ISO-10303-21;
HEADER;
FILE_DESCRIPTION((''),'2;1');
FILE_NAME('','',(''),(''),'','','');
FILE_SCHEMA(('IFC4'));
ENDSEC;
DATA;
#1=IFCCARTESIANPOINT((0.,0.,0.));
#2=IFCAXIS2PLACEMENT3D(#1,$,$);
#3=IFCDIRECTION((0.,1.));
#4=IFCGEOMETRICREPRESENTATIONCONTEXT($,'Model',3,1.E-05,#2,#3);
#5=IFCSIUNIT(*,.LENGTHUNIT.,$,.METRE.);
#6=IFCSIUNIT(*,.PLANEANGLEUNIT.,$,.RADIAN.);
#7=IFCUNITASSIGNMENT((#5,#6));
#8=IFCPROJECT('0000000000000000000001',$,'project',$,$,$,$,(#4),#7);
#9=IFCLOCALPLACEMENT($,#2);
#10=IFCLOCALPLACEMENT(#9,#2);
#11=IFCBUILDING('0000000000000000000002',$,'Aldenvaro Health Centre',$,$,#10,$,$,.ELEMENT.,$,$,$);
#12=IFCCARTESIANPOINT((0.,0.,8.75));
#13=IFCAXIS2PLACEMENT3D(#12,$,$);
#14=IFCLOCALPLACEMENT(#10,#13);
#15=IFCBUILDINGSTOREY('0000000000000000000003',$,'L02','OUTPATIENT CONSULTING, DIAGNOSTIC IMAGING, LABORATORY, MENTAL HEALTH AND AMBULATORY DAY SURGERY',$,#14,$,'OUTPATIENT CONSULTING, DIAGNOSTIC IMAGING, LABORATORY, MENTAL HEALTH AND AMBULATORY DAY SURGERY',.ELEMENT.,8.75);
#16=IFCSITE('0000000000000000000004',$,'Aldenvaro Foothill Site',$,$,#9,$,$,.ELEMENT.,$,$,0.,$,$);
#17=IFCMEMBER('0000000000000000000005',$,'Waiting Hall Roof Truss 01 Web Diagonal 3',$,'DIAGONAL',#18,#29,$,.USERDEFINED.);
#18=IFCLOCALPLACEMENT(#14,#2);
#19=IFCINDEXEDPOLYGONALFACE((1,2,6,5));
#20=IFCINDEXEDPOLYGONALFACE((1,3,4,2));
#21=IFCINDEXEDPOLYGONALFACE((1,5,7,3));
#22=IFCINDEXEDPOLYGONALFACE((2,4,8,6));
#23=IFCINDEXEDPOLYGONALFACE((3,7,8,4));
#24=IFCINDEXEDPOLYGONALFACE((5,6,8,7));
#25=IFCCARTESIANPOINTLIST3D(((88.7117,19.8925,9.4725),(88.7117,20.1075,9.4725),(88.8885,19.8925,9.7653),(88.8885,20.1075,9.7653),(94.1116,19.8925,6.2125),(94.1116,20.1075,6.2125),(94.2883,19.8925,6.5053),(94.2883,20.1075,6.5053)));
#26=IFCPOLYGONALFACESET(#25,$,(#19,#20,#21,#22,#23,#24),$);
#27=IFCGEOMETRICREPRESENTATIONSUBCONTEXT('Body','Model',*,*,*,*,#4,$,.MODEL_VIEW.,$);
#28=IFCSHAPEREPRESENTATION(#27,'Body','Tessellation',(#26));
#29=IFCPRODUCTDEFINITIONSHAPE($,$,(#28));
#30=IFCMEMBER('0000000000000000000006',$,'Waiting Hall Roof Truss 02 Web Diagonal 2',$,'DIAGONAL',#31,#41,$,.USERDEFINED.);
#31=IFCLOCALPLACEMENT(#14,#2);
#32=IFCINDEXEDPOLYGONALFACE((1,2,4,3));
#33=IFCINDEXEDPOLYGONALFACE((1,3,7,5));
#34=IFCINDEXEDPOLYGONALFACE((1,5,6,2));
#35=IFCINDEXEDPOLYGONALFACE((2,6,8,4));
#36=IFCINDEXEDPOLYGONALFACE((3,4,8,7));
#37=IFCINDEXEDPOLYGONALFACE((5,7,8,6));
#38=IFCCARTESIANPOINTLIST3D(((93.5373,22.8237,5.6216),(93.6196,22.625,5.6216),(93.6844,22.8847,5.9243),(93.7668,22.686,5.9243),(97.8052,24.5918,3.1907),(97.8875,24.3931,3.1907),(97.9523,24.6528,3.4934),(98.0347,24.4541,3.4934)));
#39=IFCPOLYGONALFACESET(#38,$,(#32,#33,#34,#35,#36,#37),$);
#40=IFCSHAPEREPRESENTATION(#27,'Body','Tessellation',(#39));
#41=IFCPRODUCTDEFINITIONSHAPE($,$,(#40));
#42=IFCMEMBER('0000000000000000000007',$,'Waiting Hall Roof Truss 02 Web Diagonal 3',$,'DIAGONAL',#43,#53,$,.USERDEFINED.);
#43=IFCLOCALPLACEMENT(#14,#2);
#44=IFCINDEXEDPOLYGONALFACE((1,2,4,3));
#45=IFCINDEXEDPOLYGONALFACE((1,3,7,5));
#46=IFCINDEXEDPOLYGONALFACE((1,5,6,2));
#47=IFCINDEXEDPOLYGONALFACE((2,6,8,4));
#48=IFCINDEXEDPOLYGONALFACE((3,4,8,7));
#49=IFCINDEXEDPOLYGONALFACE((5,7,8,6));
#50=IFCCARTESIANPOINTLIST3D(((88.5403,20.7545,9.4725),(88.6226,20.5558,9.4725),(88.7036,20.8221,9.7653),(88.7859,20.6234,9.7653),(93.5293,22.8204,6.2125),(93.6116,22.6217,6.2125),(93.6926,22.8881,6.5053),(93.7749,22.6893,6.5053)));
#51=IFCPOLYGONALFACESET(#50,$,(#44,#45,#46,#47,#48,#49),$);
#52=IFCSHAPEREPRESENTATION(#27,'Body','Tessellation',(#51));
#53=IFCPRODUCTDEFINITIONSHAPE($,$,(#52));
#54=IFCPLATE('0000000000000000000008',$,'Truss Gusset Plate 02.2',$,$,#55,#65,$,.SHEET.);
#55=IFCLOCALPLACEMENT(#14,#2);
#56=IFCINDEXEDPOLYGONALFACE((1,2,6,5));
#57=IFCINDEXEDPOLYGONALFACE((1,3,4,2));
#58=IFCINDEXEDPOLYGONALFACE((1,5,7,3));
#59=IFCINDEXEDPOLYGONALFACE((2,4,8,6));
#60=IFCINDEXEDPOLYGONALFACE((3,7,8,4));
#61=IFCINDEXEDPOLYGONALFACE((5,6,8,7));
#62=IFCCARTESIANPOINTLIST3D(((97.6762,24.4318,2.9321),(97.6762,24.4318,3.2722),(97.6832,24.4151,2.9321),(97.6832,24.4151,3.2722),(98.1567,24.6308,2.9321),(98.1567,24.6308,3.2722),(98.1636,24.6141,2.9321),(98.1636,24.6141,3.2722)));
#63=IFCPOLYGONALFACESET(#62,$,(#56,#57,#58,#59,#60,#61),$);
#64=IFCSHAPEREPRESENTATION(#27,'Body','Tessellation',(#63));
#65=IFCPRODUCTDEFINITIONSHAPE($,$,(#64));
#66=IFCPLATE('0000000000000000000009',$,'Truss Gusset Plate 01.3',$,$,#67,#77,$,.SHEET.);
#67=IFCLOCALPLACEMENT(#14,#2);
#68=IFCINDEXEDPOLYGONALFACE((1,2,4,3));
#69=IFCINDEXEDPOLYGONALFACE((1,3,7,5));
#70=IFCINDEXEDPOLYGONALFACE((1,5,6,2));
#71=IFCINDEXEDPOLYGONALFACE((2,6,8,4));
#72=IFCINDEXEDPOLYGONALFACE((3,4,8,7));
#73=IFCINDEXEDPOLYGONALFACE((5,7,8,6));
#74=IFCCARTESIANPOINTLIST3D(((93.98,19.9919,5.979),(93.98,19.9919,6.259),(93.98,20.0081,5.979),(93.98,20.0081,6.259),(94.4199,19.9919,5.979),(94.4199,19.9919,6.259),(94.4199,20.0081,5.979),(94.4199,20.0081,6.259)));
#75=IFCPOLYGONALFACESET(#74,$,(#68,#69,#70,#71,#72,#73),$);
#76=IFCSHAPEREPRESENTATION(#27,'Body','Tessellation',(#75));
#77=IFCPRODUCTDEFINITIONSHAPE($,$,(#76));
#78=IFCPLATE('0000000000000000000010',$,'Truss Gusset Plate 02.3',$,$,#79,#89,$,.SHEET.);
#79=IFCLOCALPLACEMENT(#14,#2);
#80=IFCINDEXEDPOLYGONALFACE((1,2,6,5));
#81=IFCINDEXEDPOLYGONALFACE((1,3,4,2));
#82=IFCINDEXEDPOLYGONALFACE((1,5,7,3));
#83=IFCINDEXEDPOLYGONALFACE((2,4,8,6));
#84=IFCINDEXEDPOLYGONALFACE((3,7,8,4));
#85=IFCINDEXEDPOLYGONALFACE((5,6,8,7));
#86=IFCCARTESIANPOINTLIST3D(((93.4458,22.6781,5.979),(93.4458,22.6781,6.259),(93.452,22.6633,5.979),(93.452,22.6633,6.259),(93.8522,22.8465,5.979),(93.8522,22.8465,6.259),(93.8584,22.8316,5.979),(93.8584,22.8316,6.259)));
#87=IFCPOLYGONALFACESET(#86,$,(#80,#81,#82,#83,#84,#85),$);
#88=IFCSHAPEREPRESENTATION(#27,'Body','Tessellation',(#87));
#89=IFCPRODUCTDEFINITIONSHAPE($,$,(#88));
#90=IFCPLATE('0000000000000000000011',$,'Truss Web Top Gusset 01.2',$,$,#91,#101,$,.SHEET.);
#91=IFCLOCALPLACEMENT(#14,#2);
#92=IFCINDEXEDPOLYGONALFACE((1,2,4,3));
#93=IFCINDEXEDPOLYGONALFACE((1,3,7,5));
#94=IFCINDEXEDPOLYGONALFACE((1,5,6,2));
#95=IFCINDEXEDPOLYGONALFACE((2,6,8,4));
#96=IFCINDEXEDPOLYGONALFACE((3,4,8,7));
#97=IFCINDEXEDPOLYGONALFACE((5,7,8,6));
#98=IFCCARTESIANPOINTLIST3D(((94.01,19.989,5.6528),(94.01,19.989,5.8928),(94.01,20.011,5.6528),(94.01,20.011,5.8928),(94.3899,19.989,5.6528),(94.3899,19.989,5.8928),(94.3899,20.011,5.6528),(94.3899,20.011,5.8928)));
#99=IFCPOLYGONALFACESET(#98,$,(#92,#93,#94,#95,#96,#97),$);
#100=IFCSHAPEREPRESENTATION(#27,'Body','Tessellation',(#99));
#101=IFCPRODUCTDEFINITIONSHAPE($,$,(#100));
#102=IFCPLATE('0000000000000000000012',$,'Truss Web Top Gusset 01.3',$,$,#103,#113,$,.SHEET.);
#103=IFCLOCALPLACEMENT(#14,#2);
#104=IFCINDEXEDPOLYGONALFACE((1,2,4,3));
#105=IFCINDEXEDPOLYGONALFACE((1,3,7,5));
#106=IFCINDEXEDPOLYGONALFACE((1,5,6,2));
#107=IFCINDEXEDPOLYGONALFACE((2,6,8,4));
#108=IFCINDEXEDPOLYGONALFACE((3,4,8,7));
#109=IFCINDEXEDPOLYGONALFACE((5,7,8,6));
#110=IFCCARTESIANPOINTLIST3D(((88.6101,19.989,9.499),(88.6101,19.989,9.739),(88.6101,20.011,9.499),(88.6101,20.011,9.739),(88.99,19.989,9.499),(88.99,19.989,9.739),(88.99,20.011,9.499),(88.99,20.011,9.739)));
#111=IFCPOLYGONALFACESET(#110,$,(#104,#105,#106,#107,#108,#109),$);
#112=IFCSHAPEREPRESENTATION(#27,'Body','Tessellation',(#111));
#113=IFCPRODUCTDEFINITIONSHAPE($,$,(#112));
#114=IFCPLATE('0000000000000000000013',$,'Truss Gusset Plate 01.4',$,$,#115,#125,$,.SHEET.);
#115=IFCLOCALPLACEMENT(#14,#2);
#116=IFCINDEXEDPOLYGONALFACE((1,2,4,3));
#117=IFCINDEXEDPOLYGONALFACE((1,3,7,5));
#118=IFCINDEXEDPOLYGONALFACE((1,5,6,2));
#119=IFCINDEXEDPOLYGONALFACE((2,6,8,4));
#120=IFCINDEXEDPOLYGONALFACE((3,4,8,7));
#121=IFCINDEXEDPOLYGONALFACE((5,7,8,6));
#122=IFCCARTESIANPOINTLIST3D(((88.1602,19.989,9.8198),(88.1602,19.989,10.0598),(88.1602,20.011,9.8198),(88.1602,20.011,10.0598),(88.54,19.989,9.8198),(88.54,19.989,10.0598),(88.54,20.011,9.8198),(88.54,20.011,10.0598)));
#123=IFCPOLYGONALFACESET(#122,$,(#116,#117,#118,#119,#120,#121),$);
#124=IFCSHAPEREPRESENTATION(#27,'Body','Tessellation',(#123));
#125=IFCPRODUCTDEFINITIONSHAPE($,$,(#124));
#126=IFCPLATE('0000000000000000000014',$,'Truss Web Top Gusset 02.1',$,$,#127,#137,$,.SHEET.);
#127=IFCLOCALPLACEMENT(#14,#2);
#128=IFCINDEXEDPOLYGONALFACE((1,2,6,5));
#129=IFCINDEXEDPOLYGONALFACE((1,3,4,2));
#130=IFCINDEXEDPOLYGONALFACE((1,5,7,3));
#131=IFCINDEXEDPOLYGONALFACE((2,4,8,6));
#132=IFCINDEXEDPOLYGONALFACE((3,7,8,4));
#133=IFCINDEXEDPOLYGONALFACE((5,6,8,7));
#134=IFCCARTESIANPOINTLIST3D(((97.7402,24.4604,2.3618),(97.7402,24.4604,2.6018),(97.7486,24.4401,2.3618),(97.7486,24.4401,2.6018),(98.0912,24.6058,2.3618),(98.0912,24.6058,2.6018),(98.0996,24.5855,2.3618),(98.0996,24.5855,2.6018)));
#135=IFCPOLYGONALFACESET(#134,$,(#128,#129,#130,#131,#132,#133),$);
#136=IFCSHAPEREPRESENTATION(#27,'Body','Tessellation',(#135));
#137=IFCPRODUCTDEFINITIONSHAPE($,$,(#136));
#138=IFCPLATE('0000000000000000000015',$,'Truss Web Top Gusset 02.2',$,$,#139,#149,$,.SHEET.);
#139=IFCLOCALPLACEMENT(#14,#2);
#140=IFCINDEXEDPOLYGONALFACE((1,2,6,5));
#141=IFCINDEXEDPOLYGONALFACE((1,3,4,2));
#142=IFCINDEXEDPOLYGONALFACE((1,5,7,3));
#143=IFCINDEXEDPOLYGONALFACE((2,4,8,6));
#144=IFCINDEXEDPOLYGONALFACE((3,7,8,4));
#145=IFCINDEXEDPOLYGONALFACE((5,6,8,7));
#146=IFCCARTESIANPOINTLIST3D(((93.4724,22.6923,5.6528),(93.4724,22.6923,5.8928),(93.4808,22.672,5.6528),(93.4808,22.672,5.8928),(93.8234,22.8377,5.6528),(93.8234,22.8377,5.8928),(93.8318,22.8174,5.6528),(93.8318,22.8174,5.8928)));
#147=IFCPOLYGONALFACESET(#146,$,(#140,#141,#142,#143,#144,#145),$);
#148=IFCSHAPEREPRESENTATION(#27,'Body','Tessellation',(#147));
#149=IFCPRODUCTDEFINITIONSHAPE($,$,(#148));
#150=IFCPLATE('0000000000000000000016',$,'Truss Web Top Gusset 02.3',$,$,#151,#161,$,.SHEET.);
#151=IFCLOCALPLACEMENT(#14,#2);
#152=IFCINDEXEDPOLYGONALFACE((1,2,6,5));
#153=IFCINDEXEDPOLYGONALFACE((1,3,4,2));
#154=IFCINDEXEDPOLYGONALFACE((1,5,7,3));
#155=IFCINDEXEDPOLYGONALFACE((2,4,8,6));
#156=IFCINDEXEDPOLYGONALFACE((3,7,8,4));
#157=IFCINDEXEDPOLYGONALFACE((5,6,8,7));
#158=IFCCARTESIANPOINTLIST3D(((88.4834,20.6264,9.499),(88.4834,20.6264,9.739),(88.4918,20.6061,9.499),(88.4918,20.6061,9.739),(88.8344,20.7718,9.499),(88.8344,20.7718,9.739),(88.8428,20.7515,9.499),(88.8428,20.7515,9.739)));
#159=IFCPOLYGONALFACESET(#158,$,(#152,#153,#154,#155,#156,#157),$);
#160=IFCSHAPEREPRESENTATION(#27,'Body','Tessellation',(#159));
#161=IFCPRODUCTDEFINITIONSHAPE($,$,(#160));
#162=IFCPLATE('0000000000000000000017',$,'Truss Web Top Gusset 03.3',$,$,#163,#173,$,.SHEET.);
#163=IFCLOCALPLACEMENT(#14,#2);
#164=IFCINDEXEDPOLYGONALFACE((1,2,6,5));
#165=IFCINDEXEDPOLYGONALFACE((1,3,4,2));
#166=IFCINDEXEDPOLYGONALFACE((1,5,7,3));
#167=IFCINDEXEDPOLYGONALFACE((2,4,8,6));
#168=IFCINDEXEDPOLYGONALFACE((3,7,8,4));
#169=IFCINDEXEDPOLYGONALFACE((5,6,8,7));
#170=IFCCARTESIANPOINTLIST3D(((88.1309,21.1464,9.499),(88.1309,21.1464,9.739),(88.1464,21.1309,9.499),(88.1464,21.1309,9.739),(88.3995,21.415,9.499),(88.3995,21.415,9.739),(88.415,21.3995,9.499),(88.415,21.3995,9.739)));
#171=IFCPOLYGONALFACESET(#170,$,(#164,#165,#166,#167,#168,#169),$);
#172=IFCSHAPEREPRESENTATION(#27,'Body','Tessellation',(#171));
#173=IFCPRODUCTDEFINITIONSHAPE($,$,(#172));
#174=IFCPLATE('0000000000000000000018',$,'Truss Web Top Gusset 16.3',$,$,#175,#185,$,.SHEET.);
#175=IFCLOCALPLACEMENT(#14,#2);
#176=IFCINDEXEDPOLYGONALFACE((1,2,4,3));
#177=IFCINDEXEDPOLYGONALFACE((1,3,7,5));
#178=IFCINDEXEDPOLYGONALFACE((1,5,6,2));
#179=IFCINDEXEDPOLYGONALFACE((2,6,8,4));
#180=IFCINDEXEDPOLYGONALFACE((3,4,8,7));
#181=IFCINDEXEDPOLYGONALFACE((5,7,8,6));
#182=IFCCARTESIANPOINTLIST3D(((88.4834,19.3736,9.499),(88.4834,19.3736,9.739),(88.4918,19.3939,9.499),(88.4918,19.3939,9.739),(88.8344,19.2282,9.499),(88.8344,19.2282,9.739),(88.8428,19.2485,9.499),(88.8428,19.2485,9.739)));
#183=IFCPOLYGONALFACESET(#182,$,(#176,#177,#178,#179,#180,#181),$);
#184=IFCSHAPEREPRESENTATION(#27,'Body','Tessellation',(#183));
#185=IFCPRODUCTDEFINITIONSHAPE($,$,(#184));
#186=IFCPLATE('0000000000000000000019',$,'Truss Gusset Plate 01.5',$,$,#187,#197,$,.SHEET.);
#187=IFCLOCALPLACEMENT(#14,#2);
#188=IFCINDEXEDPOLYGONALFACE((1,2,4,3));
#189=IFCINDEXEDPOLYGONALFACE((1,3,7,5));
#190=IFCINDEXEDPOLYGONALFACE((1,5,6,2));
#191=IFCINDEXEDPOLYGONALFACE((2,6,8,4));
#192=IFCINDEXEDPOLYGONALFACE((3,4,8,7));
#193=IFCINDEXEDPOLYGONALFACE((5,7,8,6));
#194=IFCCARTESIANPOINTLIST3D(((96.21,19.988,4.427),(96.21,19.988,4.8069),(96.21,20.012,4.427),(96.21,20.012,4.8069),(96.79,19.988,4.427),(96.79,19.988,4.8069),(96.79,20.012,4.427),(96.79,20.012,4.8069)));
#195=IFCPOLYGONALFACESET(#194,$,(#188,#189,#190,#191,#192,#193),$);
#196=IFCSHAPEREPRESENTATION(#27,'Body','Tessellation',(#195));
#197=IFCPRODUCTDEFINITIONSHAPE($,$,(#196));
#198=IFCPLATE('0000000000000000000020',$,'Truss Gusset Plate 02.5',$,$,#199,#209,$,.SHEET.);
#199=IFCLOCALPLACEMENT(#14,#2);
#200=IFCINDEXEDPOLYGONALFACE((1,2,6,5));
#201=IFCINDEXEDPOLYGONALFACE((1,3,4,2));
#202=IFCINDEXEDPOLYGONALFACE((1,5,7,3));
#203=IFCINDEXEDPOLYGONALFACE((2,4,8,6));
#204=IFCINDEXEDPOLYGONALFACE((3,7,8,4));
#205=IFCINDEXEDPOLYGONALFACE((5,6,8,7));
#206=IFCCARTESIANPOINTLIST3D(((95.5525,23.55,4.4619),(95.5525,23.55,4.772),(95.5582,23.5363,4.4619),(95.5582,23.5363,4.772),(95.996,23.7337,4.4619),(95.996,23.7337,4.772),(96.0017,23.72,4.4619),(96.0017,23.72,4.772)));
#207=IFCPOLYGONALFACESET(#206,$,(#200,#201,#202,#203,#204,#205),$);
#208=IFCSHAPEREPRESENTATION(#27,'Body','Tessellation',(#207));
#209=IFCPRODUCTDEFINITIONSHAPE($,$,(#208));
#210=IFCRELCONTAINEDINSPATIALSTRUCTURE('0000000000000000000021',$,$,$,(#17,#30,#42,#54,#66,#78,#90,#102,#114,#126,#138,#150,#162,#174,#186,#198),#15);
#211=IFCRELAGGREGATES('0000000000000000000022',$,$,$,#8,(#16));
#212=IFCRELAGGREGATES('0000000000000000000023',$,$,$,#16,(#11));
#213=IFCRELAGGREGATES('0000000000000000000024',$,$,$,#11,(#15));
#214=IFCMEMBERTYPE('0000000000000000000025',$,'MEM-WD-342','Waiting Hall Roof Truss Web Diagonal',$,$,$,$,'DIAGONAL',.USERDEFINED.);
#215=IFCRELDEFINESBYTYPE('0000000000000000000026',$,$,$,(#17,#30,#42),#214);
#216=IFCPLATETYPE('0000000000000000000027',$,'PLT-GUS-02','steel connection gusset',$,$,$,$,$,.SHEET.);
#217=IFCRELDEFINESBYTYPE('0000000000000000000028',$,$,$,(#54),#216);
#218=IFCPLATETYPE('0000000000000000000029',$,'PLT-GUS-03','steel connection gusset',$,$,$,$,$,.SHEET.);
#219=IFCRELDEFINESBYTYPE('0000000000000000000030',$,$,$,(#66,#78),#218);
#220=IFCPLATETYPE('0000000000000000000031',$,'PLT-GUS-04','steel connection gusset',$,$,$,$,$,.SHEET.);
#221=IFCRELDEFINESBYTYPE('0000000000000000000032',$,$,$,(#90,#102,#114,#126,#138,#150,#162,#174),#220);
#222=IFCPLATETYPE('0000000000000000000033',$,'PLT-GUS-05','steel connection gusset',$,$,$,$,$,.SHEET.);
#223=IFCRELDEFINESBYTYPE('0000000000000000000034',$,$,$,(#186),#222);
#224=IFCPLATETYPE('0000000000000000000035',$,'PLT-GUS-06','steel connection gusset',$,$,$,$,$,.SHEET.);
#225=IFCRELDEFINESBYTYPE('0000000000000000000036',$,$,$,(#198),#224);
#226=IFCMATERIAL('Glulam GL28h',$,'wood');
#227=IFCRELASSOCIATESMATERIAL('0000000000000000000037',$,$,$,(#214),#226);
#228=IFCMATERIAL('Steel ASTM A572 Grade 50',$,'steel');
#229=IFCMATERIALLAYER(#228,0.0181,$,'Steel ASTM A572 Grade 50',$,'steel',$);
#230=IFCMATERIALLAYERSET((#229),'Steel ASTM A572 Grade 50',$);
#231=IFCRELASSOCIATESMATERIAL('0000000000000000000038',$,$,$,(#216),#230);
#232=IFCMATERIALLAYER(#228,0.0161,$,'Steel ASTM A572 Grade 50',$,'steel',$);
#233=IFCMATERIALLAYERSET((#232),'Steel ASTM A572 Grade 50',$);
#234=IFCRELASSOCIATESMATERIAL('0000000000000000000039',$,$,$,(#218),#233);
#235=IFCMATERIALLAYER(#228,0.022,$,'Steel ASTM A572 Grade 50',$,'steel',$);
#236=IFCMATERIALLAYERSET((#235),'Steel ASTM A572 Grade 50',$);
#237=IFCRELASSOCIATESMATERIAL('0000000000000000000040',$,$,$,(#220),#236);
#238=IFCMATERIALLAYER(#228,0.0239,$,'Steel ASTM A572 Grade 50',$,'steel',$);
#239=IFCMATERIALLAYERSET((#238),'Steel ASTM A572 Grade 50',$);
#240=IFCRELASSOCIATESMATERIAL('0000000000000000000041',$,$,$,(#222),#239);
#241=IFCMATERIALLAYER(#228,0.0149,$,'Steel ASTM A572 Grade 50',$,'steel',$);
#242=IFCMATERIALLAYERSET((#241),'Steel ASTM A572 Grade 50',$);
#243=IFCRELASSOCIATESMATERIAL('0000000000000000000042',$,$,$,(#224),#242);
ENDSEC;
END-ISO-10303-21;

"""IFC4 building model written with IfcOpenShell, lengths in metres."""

from ifc_helpers import new_model, si_unit, direction, frame, origin, origin_2d, place, context, subcontext, project, spatial, rectangle, extrude, material, layer, layer_set, material_profile, profile_set, type_object, element, save


model = new_model("IFC4")

# Units and contexts
model_context = context("Model", 3, precision=1e-05, world=origin(), true_north=direction((0.0, 1.0)))
body_context = subcontext(model_context, "Body", "Model", "MODEL_VIEW")
ifc_project = project(units=[si_unit("LENGTHUNIT", "METRE"), si_unit("PLANEANGLEUNIT", "RADIAN")], contexts=[model_context])

# Site, building, storey
site_placement = place(None, origin())
site = spatial("IfcSite", under=ifc_project, at=site_placement, Name="Aldenvaro Foothill Site", CompositionType="ELEMENT", RefElevation=0.0)
building_placement = place(site_placement, origin())
building = spatial("IfcBuilding", under=site, at=building_placement, Name="Aldenvaro Health Centre", CompositionType="ELEMENT")
storey_placement = place(building_placement, frame((0.0, 0.0, 8.75)))
storey = spatial("IfcBuildingStorey", under=building, at=storey_placement, Name="L02", Description="OUTPATIENT CONSULTING, DIAGNOSTIC IMAGING, LABORATORY, MENTAL HEALTH AND AMBULATORY DAY SURGERY", LongName="OUTPATIENT CONSULTING, DIAGNOSTIC IMAGING, LABORATORY, MENTAL HEALTH AND AMBULATORY DAY SURGERY", CompositionType="ELEMENT", Elevation=8.75)

# Members
ifc_material_1 = material(Name="Glulam GL28h", Category="wood")
ifc_material_profile_1 = material_profile(ifc_material_1, rectangle(XDim=0.2151, YDim=0.342, at=origin_2d()), Name="GL 215x342", Category="wood")
ifc_profile_set_1 = profile_set([ifc_material_profile_1], Name="Glulam GL28h")
member_type_1 = type_object("IfcMemberType", Name="MEM-WD-342", Description="Waiting Hall Roof Truss Web Diagonal", ElementType="DIAGONAL", PredefinedType="USERDEFINED", material=ifc_profile_set_1)
member_1_placement = place(storey_placement, frame((94.2, 20.0, 6.3589), z_axis=(-0.856086, 0.0, 0.516833), x_axis=(0.0, -1.0, 0.0)))
element("IfcMember", 1, at=member_1_placement, inside=storey, type_object=member_type_1, Name="Waiting Hall Roof Truss 01 Web Diagonal 3", ObjectType="DIAGONAL", PredefinedType="USERDEFINED", context=body_context, shape_type="SweptSolid", body=[
    extrude(rectangle(XDim=0.2151, YDim=0.342, at=origin_2d()), origin(), (0.0, 0.0, 1.0), 6.3076),
])
member_2_placement = place(storey_placement, frame((97.9199, 24.5229, 3.342), z_axis=(-0.817571, -0.338702, 0.46568), x_axis=(0.382735, -0.923858, 0.0)))
element("IfcMember", 2, at=member_2_placement, inside=storey, type_object=member_type_1, Name="Waiting Hall Roof Truss 02 Web Diagonal 2", ObjectType="DIAGONAL", PredefinedType="USERDEFINED", context=body_context, shape_type="SweptSolid", body=[
    extrude(rectangle(XDim=0.2151, YDim=0.342, at=origin_2d()), origin(), (0.0, 0.0, 1.0), 5.2202),
])
member_3_placement = place(storey_placement, frame((93.6521, 22.7549, 6.3589), z_axis=(-0.790952, -0.327528, 0.516838), x_axis=(0.382589, -0.923919, 0.0)))
element("IfcMember", 3, at=member_3_placement, inside=storey, type_object=member_type_1, Name="Waiting Hall Roof Truss 02 Web Diagonal 3", ObjectType="DIAGONAL", PredefinedType="USERDEFINED", context=body_context, shape_type="SweptSolid", body=[
    extrude(rectangle(XDim=0.2151, YDim=0.342, at=origin_2d()), origin(), (0.0, 0.0, 1.0), 6.3076),
])

# Plates
ifc_material_2 = material(Name="Steel ASTM A572 Grade 50", Category="steel")
ifc_layer_1 = layer(ifc_material_2, 0.0181, Name="Steel ASTM A572 Grade 50", Category="steel")
ifc_layer_set_1 = layer_set([ifc_layer_1], Name="Steel ASTM A572 Grade 50")
plate_type_1 = type_object("IfcPlateType", Name="PLT-GUS-02", Description="steel connection gusset", PredefinedType="SHEET", material=ifc_layer_set_1)
plate_1_placement = place(storey_placement, frame((97.9199, 24.5229, 2.9321), z_axis=(0.0, 0.0, 1.0), x_axis=(0.92388, 0.382683, 0.0)))
element("IfcPlate", 4, at=plate_1_placement, inside=storey, type_object=plate_type_1, Name="Truss Gusset Plate 02.2", PredefinedType="SHEET", context=body_context, shape_type="SweptSolid", body=[
    extrude(rectangle(XDim=0.52, YDim=0.0181, at=origin_2d()), origin(), (0.0, 0.0, 1.0), 0.3401),
])
ifc_layer_2 = layer(ifc_material_2, 0.0161, Name="Steel ASTM A572 Grade 50", Category="steel")
ifc_layer_set_2 = layer_set([ifc_layer_2], Name="Steel ASTM A572 Grade 50")
plate_type_2 = type_object("IfcPlateType", Name="PLT-GUS-03", Description="steel connection gusset", PredefinedType="SHEET", material=ifc_layer_set_2)
for number, where, z_axis, x_axis, name in (
    (5, (94.2, 20.0, 5.979), (0.0, 0.0, 1.0), (1.0, 0.0, 0.0), "Truss Gusset Plate 01.3"),
    (6, (93.6521, 22.7549, 5.979), (0.0, 0.0, 1.0), (0.92388, 0.382683, 0.0), "Truss Gusset Plate 02.3"),
):
    element("IfcPlate", number, at=place(storey_placement, frame(where, z_axis=z_axis, x_axis=x_axis)), inside=storey, type_object=plate_type_2, Name=name, PredefinedType="SHEET", context=body_context, shape_type="SweptSolid", body=[
        extrude(rectangle(XDim=0.4399, YDim=0.0161, at=origin_2d()), origin(), (0.0, 0.0, 1.0), 0.28),
    ])
ifc_layer_3 = layer(ifc_material_2, 0.022, Name="Steel ASTM A572 Grade 50", Category="steel")
ifc_layer_set_3 = layer_set([ifc_layer_3], Name="Steel ASTM A572 Grade 50")
plate_type_3 = type_object("IfcPlateType", Name="PLT-GUS-04", Description="steel connection gusset", PredefinedType="SHEET", material=ifc_layer_set_3)
for number, where, z_axis, x_axis, name in (
    (7, (94.2, 20.0, 5.6528), (0.0, 0.0, 1.0), (1.0, 0.0, 0.0), "Truss Web Top Gusset 01.2"),
    (8, (88.8, 20.0, 9.499), (0.0, 0.0, 1.0), (1.0, 0.0, 0.0), "Truss Web Top Gusset 01.3"),
    (9, (88.3501, 20.0, 9.8198), (0.0, 0.0, 1.0), (1.0, 0.0, 0.0), "Truss Gusset Plate 01.4"),
    (10, (97.9199, 24.5229, 2.3618), (0.0, 0.0, 1.0), (0.92388, 0.382683, 0.0), "Truss Web Top Gusset 02.1"),
    (11, (93.6521, 22.7549, 5.6528), (0.0, 0.0, 1.0), (0.92388, 0.382683, 0.0), "Truss Web Top Gusset 02.2"),
    (12, (88.6631, 20.689, 9.499), (0.0, 0.0, 1.0), (0.92388, 0.382683, 0.0), "Truss Web Top Gusset 02.3"),
    (13, (88.2729, 21.2729, 9.499), (0.0, 0.0, 1.0), (0.707107, 0.707107, 0.0), "Truss Web Top Gusset 03.3"),
    (14, (88.6631, 19.311, 9.499), (0.0, 0.0, 1.0), (0.92388, -0.382683, 0.0), "Truss Web Top Gusset 16.3"),
):
    element("IfcPlate", number, at=place(storey_placement, frame(where, z_axis=z_axis, x_axis=x_axis)), inside=storey, type_object=plate_type_3, Name=name, PredefinedType="SHEET", context=body_context, shape_type="SweptSolid", body=[
        extrude(rectangle(XDim=0.3799, YDim=0.022, at=origin_2d()), origin(), (0.0, 0.0, 1.0), 0.24),
    ])
ifc_layer_4 = layer(ifc_material_2, 0.0239, Name="Steel ASTM A572 Grade 50", Category="steel")
ifc_layer_set_4 = layer_set([ifc_layer_4], Name="Steel ASTM A572 Grade 50")
plate_type_4 = type_object("IfcPlateType", Name="PLT-GUS-05", Description="steel connection gusset", PredefinedType="SHEET", material=ifc_layer_set_4)
plate_2_placement = place(storey_placement, frame((96.5, 20.0, 4.427), z_axis=(0.0, 0.0, 1.0), x_axis=(1.0, 0.0, 0.0)))
element("IfcPlate", 15, at=plate_2_placement, inside=storey, type_object=plate_type_4, Name="Truss Gusset Plate 01.5", PredefinedType="SHEET", context=body_context, shape_type="SweptSolid", body=[
    extrude(rectangle(XDim=0.5801, YDim=0.0239, at=origin_2d()), origin(), (0.0, 0.0, 1.0), 0.3799),
])
ifc_layer_5 = layer(ifc_material_2, 0.0149, Name="Steel ASTM A572 Grade 50", Category="steel")
ifc_layer_set_5 = layer_set([ifc_layer_5], Name="Steel ASTM A572 Grade 50")
plate_type_5 = type_object("IfcPlateType", Name="PLT-GUS-06", Description="steel connection gusset", PredefinedType="SHEET", material=ifc_layer_set_5)
plate_3_placement = place(storey_placement, frame((95.7771, 23.635, 4.4619), z_axis=(0.0, 0.0, 1.0), x_axis=(0.92388, 0.382683, 0.0)))
element("IfcPlate", 16, at=plate_3_placement, inside=storey, type_object=plate_type_5, Name="Truss Gusset Plate 02.5", PredefinedType="SHEET", context=body_context, shape_type="SweptSolid", body=[
    extrude(rectangle(XDim=0.48, YDim=0.0149, at=origin_2d()), origin(), (0.0, 0.0, 1.0), 0.3101),
])

save(model, "model.ifc")
